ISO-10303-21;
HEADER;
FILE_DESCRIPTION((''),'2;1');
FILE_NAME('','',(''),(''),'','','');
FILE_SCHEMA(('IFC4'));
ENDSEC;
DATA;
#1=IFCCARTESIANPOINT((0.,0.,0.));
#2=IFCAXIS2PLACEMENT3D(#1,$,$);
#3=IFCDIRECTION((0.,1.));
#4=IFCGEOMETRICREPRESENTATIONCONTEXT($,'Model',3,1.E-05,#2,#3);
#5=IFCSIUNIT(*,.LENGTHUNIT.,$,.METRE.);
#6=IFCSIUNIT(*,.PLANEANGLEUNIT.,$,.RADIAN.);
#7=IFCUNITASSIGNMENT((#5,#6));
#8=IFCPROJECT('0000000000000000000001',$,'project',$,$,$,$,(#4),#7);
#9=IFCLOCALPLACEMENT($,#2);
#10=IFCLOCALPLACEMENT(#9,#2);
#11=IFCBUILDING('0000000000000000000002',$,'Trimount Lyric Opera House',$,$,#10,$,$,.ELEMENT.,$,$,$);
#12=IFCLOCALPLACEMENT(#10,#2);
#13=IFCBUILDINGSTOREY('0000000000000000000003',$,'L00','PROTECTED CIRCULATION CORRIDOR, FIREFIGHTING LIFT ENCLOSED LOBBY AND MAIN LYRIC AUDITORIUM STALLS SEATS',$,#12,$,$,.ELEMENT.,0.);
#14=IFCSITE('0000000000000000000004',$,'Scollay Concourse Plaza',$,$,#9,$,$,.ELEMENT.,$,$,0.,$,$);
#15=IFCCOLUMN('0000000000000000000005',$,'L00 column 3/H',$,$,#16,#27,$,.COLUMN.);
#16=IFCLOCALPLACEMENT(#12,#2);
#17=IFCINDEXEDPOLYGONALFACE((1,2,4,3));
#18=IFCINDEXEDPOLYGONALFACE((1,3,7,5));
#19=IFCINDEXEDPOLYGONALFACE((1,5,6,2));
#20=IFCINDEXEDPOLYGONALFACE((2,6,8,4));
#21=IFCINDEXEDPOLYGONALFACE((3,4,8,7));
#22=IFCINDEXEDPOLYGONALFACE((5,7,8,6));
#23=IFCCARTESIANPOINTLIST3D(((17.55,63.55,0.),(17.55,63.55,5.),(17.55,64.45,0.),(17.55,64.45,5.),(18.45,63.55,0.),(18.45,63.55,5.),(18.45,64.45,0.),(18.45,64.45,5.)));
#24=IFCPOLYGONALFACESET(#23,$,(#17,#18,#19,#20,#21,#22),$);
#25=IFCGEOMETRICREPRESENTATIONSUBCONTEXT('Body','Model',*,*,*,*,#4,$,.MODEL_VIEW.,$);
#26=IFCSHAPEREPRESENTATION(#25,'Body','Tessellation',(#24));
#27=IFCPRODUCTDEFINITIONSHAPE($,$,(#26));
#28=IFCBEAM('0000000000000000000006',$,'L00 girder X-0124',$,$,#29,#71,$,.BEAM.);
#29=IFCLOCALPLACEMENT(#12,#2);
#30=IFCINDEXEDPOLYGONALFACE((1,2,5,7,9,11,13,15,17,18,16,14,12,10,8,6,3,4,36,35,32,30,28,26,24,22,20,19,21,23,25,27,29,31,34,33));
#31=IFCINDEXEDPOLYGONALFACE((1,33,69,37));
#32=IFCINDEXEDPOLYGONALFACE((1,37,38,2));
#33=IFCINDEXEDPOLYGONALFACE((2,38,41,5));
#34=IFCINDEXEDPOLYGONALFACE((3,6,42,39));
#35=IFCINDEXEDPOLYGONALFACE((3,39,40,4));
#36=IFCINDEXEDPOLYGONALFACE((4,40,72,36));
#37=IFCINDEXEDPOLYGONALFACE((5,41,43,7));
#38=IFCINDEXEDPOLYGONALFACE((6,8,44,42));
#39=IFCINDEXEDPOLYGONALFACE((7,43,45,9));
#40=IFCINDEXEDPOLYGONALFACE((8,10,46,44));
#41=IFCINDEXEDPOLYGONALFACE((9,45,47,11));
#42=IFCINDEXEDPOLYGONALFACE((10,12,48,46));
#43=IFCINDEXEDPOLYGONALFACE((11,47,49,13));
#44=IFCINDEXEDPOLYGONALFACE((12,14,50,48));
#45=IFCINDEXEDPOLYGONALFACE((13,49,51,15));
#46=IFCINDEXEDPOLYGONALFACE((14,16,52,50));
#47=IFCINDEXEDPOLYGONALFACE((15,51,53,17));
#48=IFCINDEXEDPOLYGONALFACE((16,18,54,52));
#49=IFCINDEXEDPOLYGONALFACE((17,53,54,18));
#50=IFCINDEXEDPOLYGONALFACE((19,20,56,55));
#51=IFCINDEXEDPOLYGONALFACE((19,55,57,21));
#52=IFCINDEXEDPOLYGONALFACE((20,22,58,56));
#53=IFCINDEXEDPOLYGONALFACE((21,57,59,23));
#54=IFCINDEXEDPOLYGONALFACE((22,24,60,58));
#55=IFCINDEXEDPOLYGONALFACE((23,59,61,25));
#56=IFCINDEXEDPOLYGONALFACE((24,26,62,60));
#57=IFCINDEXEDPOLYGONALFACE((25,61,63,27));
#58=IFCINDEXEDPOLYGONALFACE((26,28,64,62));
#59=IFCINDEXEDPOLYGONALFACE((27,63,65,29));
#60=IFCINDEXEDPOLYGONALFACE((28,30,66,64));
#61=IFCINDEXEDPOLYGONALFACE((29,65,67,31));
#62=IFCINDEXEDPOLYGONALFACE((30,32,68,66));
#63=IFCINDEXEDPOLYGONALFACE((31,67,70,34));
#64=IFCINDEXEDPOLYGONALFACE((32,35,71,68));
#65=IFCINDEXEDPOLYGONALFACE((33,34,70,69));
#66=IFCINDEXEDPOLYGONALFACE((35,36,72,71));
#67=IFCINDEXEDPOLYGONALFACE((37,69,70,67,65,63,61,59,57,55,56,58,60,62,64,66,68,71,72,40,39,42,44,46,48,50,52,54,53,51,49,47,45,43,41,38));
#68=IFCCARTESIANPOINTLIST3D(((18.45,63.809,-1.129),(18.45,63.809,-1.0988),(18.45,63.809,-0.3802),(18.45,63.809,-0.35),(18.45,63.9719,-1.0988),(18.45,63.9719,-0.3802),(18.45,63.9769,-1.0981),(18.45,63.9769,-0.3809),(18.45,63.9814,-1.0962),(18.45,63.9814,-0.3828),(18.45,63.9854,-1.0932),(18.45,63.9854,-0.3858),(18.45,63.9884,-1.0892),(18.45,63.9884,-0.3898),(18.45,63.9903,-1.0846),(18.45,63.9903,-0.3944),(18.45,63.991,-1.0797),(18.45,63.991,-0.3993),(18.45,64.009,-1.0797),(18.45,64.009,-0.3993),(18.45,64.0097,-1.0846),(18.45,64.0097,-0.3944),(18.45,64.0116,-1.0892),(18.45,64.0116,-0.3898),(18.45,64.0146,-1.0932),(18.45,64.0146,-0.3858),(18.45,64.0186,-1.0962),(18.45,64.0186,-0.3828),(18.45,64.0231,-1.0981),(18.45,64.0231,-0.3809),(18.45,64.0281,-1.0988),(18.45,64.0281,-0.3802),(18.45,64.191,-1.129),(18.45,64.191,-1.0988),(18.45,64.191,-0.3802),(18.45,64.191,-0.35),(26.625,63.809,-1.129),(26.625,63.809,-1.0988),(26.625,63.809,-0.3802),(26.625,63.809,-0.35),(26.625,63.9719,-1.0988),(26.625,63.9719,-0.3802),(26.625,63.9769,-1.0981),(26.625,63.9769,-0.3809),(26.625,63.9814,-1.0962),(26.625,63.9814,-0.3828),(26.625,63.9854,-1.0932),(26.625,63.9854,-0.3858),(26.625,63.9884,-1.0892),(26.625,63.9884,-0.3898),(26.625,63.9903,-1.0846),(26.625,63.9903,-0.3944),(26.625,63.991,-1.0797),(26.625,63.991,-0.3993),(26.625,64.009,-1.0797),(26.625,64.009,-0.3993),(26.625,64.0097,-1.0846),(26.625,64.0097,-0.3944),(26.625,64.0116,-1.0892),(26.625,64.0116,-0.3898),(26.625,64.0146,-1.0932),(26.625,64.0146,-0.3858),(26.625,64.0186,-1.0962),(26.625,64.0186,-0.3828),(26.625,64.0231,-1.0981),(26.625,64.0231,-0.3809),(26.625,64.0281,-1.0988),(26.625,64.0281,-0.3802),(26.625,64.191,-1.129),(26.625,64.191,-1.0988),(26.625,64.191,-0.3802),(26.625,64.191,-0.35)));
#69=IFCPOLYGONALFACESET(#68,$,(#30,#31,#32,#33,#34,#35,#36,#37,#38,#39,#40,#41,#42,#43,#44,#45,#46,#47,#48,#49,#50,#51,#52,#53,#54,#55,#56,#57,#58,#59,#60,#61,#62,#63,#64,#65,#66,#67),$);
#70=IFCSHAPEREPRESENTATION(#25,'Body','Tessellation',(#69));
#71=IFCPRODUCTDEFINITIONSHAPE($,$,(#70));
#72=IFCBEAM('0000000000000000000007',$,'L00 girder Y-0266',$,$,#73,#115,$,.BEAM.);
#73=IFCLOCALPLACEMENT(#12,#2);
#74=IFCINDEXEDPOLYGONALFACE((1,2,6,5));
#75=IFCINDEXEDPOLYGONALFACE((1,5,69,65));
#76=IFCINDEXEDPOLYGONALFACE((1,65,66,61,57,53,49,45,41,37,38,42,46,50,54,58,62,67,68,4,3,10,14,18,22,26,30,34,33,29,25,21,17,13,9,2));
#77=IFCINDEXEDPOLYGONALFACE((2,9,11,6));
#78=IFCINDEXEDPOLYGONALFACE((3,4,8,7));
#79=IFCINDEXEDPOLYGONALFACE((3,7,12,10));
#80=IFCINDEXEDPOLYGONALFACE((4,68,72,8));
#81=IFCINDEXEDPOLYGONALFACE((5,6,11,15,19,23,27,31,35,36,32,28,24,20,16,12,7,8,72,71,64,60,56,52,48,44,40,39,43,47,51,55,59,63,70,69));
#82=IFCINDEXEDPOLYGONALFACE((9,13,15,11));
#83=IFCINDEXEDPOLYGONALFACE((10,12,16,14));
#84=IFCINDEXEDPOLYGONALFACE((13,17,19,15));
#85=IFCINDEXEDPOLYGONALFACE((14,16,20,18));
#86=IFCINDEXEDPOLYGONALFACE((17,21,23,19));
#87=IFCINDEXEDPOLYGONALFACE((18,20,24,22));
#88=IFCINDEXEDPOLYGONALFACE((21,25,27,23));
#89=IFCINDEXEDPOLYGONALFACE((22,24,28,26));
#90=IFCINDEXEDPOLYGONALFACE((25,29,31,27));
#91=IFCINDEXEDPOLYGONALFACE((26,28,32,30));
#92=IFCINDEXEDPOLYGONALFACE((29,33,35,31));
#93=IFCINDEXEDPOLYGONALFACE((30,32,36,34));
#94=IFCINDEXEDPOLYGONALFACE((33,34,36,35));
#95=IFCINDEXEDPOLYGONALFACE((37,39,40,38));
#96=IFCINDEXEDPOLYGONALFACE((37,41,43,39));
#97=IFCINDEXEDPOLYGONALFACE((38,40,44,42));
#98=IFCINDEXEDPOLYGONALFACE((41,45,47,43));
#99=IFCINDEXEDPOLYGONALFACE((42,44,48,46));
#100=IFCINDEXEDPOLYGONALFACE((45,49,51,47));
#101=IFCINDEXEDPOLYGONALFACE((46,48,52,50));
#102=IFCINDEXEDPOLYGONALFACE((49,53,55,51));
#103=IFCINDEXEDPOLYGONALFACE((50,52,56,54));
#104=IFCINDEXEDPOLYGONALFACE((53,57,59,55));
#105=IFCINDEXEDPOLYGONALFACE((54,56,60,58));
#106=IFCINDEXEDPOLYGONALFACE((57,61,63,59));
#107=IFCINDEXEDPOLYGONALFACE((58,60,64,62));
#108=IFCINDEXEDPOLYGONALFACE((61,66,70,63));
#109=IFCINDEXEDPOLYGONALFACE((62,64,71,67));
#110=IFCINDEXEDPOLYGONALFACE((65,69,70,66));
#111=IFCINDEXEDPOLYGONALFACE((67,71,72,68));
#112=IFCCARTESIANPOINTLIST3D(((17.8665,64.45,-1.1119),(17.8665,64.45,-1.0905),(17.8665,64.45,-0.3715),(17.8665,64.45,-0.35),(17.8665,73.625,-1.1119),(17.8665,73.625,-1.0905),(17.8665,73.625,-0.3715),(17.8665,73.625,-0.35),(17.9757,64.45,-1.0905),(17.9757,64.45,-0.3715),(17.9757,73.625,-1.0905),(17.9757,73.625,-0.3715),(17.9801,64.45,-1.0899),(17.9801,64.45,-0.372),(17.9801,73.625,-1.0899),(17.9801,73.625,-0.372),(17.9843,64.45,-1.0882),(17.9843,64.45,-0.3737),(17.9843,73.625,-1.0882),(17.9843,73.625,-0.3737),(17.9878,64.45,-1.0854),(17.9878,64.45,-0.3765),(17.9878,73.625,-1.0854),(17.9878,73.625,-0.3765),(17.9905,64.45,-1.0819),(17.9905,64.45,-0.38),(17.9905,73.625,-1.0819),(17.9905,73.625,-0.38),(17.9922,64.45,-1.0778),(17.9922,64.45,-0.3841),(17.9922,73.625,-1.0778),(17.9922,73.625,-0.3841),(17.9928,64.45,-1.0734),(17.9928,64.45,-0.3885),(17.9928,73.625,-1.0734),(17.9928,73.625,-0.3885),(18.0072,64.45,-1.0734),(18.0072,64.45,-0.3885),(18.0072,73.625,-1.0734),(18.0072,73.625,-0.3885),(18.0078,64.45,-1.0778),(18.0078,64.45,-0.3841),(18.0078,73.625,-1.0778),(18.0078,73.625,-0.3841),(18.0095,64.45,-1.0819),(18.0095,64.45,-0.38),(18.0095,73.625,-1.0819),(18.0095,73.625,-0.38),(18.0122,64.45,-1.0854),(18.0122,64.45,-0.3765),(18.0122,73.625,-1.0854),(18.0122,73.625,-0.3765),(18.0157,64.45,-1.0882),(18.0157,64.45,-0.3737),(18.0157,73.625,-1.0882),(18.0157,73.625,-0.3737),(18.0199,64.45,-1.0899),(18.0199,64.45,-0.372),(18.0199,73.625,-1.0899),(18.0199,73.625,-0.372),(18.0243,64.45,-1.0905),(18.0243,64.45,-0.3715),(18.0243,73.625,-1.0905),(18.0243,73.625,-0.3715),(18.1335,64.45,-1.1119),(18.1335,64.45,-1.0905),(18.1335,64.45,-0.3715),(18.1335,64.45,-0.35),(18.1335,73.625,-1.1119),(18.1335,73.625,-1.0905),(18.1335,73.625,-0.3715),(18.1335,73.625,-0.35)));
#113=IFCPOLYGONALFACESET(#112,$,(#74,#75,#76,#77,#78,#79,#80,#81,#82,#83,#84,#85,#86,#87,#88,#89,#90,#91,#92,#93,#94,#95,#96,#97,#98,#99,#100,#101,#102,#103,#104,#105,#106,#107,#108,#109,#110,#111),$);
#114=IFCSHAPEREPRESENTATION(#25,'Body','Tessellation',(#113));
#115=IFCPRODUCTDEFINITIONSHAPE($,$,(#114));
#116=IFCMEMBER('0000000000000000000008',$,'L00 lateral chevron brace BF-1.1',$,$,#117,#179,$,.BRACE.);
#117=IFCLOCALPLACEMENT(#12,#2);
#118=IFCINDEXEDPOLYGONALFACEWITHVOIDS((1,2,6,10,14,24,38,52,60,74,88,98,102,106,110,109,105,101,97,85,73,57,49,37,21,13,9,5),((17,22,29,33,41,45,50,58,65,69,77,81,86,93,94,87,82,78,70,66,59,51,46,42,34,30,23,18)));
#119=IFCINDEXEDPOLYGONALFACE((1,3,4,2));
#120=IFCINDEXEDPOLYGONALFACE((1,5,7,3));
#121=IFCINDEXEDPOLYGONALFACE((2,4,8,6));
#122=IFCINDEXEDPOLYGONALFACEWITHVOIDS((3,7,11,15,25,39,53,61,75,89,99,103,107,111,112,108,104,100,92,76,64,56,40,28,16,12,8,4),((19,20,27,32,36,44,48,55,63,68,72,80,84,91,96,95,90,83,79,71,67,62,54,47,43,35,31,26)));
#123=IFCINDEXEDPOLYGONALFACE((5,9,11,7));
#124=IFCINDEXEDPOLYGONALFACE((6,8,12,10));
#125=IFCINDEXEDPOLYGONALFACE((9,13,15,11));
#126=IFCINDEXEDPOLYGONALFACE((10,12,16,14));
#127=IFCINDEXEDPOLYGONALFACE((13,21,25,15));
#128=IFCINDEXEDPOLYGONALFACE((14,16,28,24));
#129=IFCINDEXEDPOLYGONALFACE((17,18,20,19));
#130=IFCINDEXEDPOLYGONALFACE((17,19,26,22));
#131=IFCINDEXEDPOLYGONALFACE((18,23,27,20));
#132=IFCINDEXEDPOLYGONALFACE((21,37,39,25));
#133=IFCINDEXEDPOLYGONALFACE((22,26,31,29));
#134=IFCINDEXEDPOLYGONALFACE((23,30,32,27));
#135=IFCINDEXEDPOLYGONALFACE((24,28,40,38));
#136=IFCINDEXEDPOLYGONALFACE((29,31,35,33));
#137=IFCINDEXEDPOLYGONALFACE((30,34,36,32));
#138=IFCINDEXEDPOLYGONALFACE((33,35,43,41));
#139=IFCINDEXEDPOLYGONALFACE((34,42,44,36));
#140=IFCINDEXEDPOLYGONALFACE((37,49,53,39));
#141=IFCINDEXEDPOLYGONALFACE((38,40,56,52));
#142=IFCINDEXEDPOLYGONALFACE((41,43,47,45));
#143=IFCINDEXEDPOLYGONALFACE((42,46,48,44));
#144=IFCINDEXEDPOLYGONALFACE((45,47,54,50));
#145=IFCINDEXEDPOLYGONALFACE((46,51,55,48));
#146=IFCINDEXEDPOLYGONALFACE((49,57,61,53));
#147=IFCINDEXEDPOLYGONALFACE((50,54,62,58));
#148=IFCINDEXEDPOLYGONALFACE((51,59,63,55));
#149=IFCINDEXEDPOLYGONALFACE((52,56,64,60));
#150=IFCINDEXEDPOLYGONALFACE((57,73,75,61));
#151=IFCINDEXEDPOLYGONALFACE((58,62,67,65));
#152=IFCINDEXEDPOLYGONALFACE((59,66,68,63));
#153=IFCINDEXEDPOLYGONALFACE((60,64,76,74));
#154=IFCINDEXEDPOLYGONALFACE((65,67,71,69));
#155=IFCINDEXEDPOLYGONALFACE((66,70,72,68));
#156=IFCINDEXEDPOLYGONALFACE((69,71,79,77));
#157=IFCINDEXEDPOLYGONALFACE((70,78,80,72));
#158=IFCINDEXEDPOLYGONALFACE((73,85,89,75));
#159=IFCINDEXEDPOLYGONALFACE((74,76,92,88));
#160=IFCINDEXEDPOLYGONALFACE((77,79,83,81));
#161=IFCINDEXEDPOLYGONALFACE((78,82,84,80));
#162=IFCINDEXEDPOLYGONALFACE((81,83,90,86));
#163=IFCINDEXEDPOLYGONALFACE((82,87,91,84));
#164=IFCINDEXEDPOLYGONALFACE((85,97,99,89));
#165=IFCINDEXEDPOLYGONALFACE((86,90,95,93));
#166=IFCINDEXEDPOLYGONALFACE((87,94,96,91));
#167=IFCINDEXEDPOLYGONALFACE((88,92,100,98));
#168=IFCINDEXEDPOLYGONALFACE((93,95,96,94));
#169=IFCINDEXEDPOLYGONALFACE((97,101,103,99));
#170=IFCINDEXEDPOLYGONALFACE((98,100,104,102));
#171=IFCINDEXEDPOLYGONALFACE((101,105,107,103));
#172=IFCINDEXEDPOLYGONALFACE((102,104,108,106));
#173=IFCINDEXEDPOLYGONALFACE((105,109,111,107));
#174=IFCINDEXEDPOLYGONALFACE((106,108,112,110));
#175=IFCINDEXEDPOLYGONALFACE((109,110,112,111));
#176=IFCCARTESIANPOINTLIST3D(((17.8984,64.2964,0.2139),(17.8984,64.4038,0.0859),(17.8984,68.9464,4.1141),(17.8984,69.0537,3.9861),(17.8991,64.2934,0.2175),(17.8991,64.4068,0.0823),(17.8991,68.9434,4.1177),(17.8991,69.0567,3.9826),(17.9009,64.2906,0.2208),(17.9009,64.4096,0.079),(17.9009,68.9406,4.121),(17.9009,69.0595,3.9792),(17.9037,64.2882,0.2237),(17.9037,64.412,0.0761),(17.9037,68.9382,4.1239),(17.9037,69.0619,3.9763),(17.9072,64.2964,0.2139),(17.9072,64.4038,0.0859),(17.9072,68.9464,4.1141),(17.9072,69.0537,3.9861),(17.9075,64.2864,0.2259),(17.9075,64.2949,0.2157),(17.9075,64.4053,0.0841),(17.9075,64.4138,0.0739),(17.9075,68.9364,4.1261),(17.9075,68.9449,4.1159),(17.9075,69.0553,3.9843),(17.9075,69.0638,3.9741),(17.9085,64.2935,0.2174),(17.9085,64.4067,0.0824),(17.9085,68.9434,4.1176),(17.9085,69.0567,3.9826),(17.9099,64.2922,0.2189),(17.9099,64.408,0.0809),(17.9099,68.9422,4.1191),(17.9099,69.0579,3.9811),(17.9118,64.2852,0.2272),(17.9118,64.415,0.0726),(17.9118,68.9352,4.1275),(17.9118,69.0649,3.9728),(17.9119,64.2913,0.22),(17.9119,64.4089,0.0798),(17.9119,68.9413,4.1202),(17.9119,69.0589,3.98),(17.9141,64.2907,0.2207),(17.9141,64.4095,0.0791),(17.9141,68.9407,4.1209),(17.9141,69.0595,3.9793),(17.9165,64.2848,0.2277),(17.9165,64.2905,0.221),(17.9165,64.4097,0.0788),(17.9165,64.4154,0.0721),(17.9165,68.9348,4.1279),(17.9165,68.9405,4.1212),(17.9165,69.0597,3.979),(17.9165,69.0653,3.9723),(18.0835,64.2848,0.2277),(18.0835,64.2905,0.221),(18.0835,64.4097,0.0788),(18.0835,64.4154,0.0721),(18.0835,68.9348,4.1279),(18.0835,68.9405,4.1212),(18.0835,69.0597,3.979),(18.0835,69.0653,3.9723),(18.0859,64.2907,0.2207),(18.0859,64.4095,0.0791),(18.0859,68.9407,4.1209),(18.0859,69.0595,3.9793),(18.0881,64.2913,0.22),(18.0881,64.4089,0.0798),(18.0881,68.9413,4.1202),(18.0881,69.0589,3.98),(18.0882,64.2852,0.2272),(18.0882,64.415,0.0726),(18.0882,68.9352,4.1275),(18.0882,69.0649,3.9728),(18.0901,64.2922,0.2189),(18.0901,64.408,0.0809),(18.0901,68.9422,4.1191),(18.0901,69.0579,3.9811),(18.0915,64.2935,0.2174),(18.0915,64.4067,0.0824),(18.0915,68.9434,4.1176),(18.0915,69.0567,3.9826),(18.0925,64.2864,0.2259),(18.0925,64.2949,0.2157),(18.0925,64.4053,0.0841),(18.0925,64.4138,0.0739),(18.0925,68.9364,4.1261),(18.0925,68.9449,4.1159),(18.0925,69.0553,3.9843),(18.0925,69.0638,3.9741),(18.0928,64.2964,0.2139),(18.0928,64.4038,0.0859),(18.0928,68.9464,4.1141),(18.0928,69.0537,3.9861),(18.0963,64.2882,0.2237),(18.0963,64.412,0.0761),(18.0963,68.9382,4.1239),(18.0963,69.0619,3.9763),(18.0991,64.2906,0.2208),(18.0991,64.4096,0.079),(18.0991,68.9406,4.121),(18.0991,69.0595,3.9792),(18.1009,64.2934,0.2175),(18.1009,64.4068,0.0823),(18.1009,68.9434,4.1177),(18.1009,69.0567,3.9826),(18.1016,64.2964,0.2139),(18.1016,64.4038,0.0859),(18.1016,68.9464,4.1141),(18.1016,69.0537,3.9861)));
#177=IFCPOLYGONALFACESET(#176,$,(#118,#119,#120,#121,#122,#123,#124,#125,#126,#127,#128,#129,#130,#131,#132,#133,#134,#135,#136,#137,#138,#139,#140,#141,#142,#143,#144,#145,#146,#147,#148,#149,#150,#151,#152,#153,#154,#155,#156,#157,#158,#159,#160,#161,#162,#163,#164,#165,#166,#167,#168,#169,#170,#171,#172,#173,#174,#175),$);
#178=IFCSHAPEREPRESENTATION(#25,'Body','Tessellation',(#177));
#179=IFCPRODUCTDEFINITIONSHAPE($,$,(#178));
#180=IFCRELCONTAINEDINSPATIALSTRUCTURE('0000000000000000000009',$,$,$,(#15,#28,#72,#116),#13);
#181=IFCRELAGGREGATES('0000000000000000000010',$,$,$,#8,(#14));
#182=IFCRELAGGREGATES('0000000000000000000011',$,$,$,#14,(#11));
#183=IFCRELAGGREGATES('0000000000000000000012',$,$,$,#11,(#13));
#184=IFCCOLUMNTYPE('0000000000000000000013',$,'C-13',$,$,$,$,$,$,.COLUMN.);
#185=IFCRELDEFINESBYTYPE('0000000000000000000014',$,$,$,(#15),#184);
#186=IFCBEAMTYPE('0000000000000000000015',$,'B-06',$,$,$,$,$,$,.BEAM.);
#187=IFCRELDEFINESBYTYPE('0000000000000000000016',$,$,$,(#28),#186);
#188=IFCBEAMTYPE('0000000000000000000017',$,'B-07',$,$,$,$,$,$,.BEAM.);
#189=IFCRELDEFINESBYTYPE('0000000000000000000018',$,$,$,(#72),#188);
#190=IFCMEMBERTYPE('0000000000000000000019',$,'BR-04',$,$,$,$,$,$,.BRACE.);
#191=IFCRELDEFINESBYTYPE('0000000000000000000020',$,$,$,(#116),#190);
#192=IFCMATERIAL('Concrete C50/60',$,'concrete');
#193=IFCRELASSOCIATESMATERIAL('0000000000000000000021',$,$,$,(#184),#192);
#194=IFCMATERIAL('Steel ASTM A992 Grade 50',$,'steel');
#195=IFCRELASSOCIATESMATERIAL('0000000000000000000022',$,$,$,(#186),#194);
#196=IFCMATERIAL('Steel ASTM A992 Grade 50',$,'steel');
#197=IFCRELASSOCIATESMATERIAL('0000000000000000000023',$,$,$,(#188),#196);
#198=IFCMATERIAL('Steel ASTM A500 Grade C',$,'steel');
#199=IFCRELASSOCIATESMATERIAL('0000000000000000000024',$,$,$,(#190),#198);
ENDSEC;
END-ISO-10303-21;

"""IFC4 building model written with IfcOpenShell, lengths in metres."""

from ifc_helpers import new_model, si_unit, direction, frame, origin, origin_2d, place, context, subcontext, project, spatial, rectangle, hollow_rectangle, i_section, extrude, material, material_profile, profile_set, type_object, element, save


model = new_model("IFC4")

# Units and contexts
model_context = context("Model", 3, precision=1e-05, world=origin(), true_north=direction((0.0, 1.0)))
body_context = subcontext(model_context, "Body", "Model", "MODEL_VIEW")
ifc_project = project(units=[si_unit("LENGTHUNIT", "METRE"), si_unit("PLANEANGLEUNIT", "RADIAN")], contexts=[model_context])

# Site, building, storey
site_placement = place(None, origin())
site = spatial("IfcSite", under=ifc_project, at=site_placement, Name="Scollay Concourse Plaza", CompositionType="ELEMENT", RefElevation=0.0)
building_placement = place(site_placement, origin())
building = spatial("IfcBuilding", under=site, at=building_placement, Name="Trimount Lyric Opera House", CompositionType="ELEMENT")
storey_placement = place(building_placement, origin())
storey = spatial("IfcBuildingStorey", under=building, at=storey_placement, Name="L00", Description="PROTECTED CIRCULATION CORRIDOR, FIREFIGHTING LIFT ENCLOSED LOBBY AND MAIN LYRIC AUDITORIUM STALLS SEATS", CompositionType="ELEMENT", Elevation=0.0)

# Column
ifc_material_1 = material(Name="Concrete C50/60", Category="concrete")
ifc_material_profile_1 = material_profile(ifc_material_1, rectangle(XDim=0.8999, YDim=0.8999, at=origin_2d()), Name="RC900X900")
ifc_profile_set_1 = profile_set([ifc_material_profile_1], Name="Concrete C50/60")
column_type = type_object("IfcColumnType", Name="C-13", PredefinedType="COLUMN", material=ifc_profile_set_1)
column_placement = place(storey_placement, frame((18.0, 64.0, 0.0), z_axis=(0.0, 0.0, 1.0), x_axis=(1.0, 0.0, 0.0)))
element("IfcColumn", 1, at=column_placement, inside=storey, type_object=column_type, Name="L00 column 3/H", PredefinedType="COLUMN", context=body_context, shape_type="SweptSolid", body=[
    extrude(rectangle(XDim=0.8999, YDim=0.8999, at=origin_2d()), origin(), (0.0, 0.0, 1.0), 5.0),
])

# Beams
ifc_material_2 = material(Name="Steel ASTM A992 Grade 50", Category="steel")
ifc_material_profile_2 = material_profile(ifc_material_2, i_section(OverallWidth=0.3821, OverallDepth=0.7791, WebThickness=0.0181, FlangeThickness=0.0303, FilletRadius=0.019, at=origin_2d()), Name="W30X191")
ifc_profile_set_2 = profile_set([ifc_material_profile_2], Name="Steel ASTM A992 Grade 50")
beam_type_1 = type_object("IfcBeamType", Name="B-06", PredefinedType="BEAM", material=ifc_profile_set_2)
beam_1_placement = place(storey_placement, frame((18.45, 64.0, -0.7395), z_axis=(1.0, 0.0, 0.0), x_axis=(0.0, 1.0, 0.0)))
element("IfcBeam", 2, at=beam_1_placement, inside=storey, type_object=beam_type_1, Name="L00 girder X-0124", PredefinedType="BEAM", context=body_context, shape_type="SweptSolid", body=[
    extrude(i_section(OverallWidth=0.3821, OverallDepth=0.7791, WebThickness=0.0181, FlangeThickness=0.0303, FilletRadius=0.019, at=origin_2d()), origin(), (0.0, 0.0, 1.0), 8.175),
])
ifc_material_3 = material(Name="Steel ASTM A992 Grade 50", Category="steel")
ifc_material_profile_3 = material_profile(ifc_material_3, i_section(OverallWidth=0.2671, OverallDepth=0.762, WebThickness=0.0144, FlangeThickness=0.0215, FilletRadius=0.0171, at=origin_2d()), Name="W30X116")
ifc_profile_set_3 = profile_set([ifc_material_profile_3], Name="Steel ASTM A992 Grade 50")
beam_type_2 = type_object("IfcBeamType", Name="B-07", PredefinedType="BEAM", material=ifc_profile_set_3)
beam_2_placement = place(storey_placement, frame((18.0, 64.45, -0.731), z_axis=(0.0, 1.0, 0.0), x_axis=(-1.0, 0.0, 0.0)))
element("IfcBeam", 3, at=beam_2_placement, inside=storey, type_object=beam_type_2, Name="L00 girder Y-0266", PredefinedType="BEAM", context=body_context, shape_type="SweptSolid", body=[
    extrude(i_section(OverallWidth=0.2671, OverallDepth=0.762, WebThickness=0.0144, FlangeThickness=0.0215, FilletRadius=0.0171, at=origin_2d()), origin(), (0.0, 0.0, 1.0), 9.175),
])

# Member
ifc_material_4 = material(Name="Steel ASTM A500 Grade C", Category="steel")
ifc_material_profile_4 = material_profile(ifc_material_4, hollow_rectangle(XDim=0.2031, YDim=0.2031, WallThickness=0.0088, InnerFilletRadius=0.0093, OuterFilletRadius=0.0181, at=origin_2d()), Name="HSS203.2X203.2X9.5")
ifc_profile_set_4 = profile_set([ifc_material_profile_4], Name="Steel ASTM A500 Grade C")
member_type_1 = type_object("IfcMemberType", Name="BR-04", PredefinedType="BRACE", material=ifc_profile_set_4)
member_1_placement = place(storey_placement, frame((18.0, 64.3501, 0.1499), z_axis=(0.0, 0.766173, 0.642634), x_axis=(-1.0, 0.0, 0.0)))
element("IfcMember", 4, at=member_1_placement, inside=storey, type_object=member_type_1, Name="L00 lateral chevron brace BF-1.1", PredefinedType="BRACE", context=body_context, shape_type="SweptSolid", body=[
    extrude(hollow_rectangle(XDim=0.2031, YDim=0.2031, WallThickness=0.0088, InnerFilletRadius=0.0093, OuterFilletRadius=0.0181, at=origin_2d()), origin(), (0.0, 0.0, 1.0), 6.0691),
])

save(model, "model.ifc")
